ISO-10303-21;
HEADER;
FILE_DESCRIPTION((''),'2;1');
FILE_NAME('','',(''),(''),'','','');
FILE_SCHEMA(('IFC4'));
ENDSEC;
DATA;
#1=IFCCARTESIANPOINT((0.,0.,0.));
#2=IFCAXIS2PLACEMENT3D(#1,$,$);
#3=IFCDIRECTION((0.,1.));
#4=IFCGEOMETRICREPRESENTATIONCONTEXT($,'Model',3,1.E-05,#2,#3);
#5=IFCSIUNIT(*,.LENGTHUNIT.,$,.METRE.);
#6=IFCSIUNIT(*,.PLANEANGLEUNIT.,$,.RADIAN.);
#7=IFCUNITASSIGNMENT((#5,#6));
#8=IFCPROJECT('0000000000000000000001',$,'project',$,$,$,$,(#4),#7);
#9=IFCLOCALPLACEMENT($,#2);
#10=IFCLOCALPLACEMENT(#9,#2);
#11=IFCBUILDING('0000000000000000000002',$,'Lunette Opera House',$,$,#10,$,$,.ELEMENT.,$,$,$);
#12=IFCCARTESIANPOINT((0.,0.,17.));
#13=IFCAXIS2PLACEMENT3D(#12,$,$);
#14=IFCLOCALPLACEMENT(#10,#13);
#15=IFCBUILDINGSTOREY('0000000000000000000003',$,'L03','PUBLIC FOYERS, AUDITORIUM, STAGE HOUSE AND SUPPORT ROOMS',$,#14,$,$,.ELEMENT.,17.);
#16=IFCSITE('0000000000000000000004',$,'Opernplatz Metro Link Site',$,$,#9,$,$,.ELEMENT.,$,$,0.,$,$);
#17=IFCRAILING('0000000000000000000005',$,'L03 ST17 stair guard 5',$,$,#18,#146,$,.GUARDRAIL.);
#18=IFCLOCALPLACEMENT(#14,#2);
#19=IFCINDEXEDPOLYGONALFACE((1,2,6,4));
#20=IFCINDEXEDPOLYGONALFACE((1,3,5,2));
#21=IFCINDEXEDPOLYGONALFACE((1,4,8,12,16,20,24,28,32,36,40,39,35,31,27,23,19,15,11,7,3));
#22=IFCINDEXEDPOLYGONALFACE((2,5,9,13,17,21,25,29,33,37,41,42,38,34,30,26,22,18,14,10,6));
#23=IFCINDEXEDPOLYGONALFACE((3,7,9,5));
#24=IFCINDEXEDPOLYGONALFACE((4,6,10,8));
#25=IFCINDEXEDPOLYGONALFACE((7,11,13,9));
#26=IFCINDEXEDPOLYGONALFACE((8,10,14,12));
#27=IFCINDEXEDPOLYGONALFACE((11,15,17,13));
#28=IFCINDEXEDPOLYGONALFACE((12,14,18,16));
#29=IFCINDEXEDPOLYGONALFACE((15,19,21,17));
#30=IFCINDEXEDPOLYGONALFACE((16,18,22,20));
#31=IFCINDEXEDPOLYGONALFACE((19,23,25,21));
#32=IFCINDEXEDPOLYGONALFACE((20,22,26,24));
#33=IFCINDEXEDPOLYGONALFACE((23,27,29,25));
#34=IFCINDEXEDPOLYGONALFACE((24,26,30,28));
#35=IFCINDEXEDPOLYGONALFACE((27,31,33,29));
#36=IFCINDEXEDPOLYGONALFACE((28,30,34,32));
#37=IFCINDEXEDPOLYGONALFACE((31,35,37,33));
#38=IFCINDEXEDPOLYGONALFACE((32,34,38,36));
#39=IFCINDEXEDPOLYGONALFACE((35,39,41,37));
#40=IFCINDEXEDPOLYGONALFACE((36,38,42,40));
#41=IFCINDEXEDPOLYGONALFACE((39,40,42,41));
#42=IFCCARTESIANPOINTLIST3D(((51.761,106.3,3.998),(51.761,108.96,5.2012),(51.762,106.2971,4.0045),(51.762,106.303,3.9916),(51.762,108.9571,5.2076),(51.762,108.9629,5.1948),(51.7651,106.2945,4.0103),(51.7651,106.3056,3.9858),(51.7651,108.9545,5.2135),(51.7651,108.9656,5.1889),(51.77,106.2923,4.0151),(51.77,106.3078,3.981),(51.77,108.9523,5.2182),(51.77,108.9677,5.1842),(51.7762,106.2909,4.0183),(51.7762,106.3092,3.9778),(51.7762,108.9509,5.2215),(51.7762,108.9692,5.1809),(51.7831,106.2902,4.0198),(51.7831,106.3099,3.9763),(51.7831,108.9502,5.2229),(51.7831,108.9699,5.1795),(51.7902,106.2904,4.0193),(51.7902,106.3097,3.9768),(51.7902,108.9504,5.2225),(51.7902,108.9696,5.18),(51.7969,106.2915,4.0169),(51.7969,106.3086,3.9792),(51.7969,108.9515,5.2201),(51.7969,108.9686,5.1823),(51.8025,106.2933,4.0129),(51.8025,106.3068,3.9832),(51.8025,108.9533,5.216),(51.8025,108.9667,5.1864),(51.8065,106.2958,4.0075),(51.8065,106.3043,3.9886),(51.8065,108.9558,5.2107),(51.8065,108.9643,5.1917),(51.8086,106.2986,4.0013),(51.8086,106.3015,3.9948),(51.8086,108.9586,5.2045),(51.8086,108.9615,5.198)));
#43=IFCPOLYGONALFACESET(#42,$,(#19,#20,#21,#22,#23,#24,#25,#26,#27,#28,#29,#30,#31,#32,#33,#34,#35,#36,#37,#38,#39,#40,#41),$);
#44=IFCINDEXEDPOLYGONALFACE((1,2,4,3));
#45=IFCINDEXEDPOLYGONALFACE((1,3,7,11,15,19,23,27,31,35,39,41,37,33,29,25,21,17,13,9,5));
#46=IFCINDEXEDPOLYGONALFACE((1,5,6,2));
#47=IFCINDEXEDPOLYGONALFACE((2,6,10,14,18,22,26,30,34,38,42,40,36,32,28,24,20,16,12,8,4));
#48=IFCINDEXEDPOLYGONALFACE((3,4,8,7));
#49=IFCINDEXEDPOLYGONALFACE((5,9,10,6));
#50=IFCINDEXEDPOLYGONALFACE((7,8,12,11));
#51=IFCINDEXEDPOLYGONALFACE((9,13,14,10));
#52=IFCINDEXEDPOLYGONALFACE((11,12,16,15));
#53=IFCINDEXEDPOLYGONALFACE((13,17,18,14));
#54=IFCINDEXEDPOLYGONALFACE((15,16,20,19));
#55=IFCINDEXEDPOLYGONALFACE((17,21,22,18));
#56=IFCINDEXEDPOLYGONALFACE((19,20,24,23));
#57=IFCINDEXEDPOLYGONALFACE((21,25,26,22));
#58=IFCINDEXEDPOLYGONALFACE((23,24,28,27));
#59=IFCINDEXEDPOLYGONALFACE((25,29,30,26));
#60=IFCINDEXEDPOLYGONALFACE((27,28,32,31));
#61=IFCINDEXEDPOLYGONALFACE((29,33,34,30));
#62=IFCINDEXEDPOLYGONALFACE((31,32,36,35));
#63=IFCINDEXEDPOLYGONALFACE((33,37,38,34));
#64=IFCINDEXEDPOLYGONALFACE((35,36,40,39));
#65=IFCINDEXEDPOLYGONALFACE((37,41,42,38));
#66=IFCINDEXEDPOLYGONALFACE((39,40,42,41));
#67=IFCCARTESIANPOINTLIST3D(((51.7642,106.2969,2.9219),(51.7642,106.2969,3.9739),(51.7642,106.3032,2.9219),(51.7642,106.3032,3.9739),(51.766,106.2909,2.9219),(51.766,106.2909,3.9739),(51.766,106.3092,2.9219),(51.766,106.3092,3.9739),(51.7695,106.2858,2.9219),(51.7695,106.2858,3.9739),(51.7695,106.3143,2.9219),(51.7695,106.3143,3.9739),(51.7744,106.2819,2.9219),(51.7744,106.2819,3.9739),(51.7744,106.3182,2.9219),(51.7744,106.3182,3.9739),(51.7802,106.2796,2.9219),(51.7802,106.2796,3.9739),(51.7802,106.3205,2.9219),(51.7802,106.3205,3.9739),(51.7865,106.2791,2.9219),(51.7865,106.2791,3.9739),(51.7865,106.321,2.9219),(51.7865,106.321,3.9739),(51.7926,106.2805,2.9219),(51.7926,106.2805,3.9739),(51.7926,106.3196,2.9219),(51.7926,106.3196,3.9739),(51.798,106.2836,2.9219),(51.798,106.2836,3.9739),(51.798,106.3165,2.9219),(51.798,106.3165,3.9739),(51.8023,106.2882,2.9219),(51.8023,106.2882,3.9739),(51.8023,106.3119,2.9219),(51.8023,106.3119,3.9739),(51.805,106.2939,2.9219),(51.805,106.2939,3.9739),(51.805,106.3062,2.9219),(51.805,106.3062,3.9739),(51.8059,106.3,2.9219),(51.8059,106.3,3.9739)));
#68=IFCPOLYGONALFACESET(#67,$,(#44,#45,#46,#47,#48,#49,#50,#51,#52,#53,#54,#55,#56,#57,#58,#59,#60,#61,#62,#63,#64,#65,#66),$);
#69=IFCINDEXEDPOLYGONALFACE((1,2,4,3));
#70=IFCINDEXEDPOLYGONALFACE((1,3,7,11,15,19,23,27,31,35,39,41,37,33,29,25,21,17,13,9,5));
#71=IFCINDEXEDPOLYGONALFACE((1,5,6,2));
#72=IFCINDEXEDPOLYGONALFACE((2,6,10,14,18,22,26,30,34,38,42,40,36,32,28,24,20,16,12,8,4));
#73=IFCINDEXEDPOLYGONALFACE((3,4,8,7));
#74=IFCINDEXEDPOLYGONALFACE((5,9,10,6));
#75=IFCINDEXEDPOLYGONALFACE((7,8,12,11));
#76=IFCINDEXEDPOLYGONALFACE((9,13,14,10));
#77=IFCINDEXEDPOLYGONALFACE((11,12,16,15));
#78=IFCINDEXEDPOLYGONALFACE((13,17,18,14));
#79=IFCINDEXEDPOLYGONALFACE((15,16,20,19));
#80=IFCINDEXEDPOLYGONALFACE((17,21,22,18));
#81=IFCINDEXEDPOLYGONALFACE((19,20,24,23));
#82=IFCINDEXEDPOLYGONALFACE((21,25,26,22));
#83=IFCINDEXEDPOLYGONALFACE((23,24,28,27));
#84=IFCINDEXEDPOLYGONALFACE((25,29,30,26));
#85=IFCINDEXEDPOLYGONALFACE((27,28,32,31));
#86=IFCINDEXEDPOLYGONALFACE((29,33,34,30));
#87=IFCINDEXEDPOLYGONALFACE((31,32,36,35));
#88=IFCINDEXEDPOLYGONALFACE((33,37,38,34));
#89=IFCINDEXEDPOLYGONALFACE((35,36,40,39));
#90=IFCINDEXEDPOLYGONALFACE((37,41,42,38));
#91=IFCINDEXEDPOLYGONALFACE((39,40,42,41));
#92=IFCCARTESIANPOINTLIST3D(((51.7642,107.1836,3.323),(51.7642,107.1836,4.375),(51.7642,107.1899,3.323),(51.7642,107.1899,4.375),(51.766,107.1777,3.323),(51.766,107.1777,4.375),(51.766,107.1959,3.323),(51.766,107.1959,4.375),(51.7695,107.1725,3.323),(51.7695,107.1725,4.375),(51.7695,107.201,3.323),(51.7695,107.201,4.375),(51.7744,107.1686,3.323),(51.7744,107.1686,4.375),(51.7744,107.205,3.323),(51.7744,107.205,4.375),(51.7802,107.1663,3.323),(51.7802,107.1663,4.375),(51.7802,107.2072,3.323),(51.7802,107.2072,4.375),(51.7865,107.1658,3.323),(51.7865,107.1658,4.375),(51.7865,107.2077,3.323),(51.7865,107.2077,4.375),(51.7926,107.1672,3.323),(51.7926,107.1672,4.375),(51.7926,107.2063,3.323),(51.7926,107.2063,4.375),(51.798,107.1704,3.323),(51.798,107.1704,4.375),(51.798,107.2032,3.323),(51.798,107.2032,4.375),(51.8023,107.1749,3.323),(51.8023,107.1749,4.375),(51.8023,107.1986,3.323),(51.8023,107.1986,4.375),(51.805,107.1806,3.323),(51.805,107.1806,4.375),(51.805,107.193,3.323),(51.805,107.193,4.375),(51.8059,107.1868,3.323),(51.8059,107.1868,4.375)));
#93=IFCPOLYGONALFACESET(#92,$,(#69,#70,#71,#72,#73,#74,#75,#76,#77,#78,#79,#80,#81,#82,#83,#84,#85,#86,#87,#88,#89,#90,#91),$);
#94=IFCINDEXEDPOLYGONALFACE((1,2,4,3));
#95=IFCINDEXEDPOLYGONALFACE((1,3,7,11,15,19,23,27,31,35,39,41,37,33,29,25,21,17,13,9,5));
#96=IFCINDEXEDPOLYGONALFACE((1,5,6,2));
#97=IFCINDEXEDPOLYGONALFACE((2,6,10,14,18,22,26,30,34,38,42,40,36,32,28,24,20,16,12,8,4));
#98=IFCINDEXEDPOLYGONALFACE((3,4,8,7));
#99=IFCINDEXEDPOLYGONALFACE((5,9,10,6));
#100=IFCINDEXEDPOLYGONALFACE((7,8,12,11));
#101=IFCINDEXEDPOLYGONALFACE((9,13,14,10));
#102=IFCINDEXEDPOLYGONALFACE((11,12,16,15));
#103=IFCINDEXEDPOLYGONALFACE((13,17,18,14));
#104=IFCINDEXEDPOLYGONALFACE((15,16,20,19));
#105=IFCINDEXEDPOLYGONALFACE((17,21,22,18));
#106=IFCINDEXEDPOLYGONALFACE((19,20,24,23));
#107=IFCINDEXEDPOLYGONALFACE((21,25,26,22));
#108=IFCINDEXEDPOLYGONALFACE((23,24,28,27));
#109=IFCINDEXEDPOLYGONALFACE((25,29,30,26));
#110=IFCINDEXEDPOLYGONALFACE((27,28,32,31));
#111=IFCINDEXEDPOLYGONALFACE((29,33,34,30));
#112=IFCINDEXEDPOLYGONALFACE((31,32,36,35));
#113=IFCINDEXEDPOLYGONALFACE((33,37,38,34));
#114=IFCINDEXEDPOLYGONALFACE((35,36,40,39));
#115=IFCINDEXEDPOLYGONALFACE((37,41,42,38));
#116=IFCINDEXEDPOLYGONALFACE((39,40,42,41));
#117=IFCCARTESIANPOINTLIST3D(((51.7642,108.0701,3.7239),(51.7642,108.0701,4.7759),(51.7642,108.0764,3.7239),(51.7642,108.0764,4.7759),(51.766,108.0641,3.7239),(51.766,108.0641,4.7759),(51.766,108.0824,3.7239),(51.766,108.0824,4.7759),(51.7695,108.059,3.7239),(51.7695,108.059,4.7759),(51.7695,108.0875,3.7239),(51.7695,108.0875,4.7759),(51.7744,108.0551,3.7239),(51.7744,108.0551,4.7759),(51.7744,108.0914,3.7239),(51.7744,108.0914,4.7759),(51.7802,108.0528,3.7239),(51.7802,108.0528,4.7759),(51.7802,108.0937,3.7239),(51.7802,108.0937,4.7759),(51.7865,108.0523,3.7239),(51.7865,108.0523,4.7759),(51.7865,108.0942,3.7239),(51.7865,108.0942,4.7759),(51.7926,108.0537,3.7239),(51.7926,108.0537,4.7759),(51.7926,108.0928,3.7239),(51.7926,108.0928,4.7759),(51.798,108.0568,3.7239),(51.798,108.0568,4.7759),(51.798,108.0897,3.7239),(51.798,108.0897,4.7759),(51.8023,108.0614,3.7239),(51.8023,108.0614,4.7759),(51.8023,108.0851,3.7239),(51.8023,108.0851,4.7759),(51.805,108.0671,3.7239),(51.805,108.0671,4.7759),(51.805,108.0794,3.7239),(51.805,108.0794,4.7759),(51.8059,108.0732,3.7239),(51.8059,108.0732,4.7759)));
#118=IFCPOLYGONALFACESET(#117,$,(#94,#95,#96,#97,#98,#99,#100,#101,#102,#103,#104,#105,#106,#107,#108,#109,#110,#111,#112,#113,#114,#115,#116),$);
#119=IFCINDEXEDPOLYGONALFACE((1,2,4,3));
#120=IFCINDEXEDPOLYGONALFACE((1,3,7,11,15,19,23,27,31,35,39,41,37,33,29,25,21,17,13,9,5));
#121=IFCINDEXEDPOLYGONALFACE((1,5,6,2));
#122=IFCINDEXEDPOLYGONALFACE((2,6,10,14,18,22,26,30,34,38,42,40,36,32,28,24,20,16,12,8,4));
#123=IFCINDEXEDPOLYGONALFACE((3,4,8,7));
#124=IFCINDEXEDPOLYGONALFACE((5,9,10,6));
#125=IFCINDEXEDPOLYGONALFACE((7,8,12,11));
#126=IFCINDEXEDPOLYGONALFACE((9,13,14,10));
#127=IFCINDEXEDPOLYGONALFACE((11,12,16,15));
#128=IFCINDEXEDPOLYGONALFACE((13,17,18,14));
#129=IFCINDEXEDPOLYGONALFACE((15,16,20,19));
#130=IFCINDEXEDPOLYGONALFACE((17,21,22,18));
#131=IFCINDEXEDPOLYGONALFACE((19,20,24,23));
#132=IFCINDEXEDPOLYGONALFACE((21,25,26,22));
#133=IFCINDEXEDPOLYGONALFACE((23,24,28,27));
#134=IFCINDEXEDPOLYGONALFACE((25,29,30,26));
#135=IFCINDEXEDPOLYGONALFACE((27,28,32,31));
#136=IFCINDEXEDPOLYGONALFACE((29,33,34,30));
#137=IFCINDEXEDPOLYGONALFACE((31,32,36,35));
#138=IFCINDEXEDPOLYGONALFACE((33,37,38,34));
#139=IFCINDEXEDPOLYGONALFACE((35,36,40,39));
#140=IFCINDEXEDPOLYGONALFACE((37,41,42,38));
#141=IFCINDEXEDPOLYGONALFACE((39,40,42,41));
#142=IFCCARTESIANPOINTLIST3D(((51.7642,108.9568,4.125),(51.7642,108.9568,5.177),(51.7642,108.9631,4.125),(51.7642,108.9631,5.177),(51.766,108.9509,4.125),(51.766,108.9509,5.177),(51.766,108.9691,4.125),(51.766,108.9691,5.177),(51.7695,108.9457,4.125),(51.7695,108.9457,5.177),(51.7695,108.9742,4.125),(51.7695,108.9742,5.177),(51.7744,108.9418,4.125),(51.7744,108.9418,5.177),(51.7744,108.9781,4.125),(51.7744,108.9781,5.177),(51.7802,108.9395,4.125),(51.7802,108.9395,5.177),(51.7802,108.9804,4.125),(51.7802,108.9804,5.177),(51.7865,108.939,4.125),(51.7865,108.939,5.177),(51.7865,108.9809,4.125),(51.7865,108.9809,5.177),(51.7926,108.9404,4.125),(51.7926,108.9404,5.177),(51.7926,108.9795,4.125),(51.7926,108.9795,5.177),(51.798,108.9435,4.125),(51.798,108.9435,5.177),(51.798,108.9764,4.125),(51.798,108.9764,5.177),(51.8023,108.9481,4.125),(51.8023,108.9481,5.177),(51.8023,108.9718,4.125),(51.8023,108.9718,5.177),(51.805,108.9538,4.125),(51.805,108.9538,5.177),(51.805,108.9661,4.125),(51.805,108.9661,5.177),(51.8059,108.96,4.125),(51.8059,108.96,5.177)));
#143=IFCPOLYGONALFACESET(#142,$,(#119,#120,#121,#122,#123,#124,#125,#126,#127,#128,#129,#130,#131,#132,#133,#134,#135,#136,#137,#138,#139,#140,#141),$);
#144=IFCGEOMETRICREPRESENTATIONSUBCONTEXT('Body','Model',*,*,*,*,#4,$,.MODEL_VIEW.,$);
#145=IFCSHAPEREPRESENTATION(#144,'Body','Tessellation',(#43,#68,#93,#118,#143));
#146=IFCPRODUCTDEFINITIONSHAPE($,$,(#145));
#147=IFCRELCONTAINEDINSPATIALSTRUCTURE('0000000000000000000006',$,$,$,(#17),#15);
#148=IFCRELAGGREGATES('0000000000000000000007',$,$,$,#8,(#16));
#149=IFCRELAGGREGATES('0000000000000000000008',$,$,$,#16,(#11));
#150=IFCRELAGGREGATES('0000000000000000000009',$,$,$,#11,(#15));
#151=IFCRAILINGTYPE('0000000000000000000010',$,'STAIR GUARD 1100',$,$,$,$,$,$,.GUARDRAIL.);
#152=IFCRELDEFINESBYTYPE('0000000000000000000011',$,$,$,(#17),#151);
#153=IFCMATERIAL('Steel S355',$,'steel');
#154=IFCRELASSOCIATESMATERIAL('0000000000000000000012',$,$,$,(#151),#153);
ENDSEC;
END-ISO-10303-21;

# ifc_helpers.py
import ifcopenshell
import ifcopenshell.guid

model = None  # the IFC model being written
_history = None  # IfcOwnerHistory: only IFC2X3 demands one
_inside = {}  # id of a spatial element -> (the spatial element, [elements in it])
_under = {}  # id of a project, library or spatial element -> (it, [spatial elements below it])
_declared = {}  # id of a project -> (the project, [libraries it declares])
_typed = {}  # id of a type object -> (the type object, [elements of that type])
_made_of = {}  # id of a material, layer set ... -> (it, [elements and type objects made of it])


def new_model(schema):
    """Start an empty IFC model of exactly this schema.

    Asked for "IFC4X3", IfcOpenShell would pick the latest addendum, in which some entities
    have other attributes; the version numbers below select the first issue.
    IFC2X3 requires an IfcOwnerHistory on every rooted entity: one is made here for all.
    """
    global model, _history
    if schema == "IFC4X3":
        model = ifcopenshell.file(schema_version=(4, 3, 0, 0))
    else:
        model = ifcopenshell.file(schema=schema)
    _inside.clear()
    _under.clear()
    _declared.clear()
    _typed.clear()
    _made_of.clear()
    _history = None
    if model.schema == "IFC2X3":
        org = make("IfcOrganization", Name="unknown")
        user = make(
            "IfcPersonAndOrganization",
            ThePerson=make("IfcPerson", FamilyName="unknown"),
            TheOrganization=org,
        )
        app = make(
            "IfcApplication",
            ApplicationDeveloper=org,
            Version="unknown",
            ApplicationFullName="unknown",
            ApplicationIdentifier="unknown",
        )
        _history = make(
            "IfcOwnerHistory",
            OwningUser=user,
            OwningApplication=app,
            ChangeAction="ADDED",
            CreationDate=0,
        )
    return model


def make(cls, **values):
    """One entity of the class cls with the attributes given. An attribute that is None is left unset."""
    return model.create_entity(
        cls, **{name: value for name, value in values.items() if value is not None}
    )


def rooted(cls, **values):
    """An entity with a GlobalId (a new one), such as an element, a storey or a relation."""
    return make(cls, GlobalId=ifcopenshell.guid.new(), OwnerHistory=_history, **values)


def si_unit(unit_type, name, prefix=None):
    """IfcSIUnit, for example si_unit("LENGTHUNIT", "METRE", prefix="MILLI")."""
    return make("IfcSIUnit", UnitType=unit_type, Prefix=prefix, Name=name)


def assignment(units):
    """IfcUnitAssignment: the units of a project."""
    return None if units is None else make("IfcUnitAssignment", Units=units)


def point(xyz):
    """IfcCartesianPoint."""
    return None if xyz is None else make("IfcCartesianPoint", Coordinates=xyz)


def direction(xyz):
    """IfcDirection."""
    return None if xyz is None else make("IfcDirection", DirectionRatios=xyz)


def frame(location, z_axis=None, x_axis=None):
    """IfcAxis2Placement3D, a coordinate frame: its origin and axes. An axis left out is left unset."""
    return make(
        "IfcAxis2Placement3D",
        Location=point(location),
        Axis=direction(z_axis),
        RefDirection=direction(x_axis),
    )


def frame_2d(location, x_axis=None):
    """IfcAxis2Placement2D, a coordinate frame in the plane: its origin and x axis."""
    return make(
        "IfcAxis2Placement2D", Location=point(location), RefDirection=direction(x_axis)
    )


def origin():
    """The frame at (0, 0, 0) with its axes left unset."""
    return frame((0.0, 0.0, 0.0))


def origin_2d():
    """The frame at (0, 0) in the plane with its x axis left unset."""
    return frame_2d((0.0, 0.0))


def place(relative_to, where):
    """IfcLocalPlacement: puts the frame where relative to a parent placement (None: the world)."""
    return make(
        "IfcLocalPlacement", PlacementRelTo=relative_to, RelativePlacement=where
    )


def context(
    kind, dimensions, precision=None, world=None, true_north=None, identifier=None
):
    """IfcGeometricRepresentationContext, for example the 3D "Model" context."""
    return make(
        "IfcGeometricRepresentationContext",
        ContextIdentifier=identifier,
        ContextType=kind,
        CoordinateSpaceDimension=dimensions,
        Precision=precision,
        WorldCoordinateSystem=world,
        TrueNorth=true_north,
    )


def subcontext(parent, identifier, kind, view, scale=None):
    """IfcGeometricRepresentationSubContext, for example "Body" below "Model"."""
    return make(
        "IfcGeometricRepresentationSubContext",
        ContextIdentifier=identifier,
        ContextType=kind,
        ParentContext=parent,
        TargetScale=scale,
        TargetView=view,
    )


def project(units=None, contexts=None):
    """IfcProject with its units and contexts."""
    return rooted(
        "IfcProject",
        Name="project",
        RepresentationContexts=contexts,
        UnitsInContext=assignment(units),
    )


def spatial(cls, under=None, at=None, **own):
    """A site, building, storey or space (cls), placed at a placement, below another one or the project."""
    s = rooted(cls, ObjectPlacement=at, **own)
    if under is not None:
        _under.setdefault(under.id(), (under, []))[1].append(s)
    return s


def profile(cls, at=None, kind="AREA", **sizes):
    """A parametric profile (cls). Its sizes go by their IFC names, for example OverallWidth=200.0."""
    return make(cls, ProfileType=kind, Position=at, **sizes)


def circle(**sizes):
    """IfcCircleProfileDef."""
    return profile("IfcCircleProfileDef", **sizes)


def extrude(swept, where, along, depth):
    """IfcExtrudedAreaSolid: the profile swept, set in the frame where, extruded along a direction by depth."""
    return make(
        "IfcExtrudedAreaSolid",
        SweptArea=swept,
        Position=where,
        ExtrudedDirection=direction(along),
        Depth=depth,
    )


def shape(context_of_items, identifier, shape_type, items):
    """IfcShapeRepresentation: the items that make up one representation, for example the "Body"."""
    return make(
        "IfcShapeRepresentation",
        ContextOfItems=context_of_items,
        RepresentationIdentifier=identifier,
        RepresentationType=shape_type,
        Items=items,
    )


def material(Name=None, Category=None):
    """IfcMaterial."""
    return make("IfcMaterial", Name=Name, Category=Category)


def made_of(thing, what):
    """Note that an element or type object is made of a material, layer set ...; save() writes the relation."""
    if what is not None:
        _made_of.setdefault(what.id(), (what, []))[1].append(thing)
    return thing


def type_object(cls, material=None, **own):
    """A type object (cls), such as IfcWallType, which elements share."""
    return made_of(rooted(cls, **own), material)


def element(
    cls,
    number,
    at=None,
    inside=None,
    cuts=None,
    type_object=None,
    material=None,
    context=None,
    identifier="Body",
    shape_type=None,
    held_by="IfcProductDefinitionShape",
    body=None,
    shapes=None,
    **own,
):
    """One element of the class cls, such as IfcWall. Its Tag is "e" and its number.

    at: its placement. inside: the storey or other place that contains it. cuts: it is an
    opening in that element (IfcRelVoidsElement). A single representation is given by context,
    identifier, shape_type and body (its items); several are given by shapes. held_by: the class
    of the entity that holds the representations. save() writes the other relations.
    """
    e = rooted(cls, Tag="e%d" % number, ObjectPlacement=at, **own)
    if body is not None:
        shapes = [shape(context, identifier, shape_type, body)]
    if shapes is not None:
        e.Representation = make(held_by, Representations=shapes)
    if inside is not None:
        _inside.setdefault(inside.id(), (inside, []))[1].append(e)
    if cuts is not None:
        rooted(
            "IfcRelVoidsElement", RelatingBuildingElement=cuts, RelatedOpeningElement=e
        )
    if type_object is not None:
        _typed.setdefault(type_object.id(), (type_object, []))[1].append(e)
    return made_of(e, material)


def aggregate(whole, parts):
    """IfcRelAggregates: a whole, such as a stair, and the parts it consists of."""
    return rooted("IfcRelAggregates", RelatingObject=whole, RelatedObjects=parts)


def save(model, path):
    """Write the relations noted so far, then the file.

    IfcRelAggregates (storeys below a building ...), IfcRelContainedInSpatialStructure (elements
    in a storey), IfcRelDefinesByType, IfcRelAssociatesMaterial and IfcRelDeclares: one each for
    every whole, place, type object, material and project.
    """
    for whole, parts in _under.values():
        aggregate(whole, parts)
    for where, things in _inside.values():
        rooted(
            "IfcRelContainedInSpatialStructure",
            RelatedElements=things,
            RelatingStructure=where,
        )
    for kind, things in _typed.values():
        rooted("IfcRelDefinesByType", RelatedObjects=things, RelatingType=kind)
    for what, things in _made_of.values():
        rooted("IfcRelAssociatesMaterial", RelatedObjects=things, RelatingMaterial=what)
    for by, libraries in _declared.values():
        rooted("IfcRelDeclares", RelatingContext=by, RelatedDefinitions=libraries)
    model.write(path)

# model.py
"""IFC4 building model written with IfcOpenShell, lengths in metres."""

from ifc_helpers import new_model, si_unit, direction, frame, origin, origin_2d, place, context, subcontext, project, spatial, circle, extrude, material, type_object, element, save


model = new_model("IFC4")

# Units and contexts
model_context = context("Model", 3, precision=1e-05, world=origin(), true_north=direction((0.0, 1.0)))
body_context = subcontext(model_context, "Body", "Model", "MODEL_VIEW")
ifc_project = project(units=[si_unit("LENGTHUNIT", "METRE"), si_unit("PLANEANGLEUNIT", "RADIAN")], contexts=[model_context])

# Site, building, storey
site_placement = place(None, origin())
site = spatial("IfcSite", under=ifc_project, at=site_placement, Name="Opernplatz Metro Link Site", CompositionType="ELEMENT", RefElevation=0.0)
building_placement = place(site_placement, origin())
building = spatial("IfcBuilding", under=site, at=building_placement, Name="Lunette Opera House", CompositionType="ELEMENT")
storey_placement = place(building_placement, frame((0.0, 0.0, 17.0)))
storey = spatial("IfcBuildingStorey", under=building, at=storey_placement, Name="L03", Description="PUBLIC FOYERS, AUDITORIUM, STAGE HOUSE AND SUPPORT ROOMS", CompositionType="ELEMENT", Elevation=17.0)

# Railing
ifc_material_1 = material(Name="Steel S355", Category="steel")
railing_type_1 = type_object("IfcRailingType", Name="STAIR GUARD 1100", PredefinedType="GUARDRAIL", material=ifc_material_1)
railing_1_placement = place(storey_placement, frame((51.7849, 106.3, 2.9219)))
element("IfcRailing", 1, at=railing_1_placement, inside=storey, type_object=railing_type_1, Name="L03 ST17 stair guard 5", PredefinedType="GUARDRAIL", context=body_context, shape_type="SweptSolid", body=[
    extrude(circle(Radius=0.0239, at=origin_2d()), frame((0.0, 0.0, 1.0762), z_axis=(0.0, 0.91113, 0.41212), x_axis=(-1.0, 0.0, 0.0)), (0.0, 0.0, 1.0), 2.9194),
    extrude(circle(Radius=0.021, at=origin_2d()), origin(), (0.0, 0.0, 1.0), 1.052),
    extrude(circle(Radius=0.021, at=origin_2d()), frame((0.0, 0.8867, 0.4011)), (0.0, 0.0, 1.0), 1.052),
    extrude(circle(Radius=0.021, at=origin_2d()), frame((0.0, 1.7732, 0.802)), (0.0, 0.0, 1.0), 1.052),
    extrude(circle(Radius=0.021, at=origin_2d()), frame((0.0, 2.6599, 1.2031)), (0.0, 0.0, 1.0), 1.052),
])

save(model, "model.ifc")
